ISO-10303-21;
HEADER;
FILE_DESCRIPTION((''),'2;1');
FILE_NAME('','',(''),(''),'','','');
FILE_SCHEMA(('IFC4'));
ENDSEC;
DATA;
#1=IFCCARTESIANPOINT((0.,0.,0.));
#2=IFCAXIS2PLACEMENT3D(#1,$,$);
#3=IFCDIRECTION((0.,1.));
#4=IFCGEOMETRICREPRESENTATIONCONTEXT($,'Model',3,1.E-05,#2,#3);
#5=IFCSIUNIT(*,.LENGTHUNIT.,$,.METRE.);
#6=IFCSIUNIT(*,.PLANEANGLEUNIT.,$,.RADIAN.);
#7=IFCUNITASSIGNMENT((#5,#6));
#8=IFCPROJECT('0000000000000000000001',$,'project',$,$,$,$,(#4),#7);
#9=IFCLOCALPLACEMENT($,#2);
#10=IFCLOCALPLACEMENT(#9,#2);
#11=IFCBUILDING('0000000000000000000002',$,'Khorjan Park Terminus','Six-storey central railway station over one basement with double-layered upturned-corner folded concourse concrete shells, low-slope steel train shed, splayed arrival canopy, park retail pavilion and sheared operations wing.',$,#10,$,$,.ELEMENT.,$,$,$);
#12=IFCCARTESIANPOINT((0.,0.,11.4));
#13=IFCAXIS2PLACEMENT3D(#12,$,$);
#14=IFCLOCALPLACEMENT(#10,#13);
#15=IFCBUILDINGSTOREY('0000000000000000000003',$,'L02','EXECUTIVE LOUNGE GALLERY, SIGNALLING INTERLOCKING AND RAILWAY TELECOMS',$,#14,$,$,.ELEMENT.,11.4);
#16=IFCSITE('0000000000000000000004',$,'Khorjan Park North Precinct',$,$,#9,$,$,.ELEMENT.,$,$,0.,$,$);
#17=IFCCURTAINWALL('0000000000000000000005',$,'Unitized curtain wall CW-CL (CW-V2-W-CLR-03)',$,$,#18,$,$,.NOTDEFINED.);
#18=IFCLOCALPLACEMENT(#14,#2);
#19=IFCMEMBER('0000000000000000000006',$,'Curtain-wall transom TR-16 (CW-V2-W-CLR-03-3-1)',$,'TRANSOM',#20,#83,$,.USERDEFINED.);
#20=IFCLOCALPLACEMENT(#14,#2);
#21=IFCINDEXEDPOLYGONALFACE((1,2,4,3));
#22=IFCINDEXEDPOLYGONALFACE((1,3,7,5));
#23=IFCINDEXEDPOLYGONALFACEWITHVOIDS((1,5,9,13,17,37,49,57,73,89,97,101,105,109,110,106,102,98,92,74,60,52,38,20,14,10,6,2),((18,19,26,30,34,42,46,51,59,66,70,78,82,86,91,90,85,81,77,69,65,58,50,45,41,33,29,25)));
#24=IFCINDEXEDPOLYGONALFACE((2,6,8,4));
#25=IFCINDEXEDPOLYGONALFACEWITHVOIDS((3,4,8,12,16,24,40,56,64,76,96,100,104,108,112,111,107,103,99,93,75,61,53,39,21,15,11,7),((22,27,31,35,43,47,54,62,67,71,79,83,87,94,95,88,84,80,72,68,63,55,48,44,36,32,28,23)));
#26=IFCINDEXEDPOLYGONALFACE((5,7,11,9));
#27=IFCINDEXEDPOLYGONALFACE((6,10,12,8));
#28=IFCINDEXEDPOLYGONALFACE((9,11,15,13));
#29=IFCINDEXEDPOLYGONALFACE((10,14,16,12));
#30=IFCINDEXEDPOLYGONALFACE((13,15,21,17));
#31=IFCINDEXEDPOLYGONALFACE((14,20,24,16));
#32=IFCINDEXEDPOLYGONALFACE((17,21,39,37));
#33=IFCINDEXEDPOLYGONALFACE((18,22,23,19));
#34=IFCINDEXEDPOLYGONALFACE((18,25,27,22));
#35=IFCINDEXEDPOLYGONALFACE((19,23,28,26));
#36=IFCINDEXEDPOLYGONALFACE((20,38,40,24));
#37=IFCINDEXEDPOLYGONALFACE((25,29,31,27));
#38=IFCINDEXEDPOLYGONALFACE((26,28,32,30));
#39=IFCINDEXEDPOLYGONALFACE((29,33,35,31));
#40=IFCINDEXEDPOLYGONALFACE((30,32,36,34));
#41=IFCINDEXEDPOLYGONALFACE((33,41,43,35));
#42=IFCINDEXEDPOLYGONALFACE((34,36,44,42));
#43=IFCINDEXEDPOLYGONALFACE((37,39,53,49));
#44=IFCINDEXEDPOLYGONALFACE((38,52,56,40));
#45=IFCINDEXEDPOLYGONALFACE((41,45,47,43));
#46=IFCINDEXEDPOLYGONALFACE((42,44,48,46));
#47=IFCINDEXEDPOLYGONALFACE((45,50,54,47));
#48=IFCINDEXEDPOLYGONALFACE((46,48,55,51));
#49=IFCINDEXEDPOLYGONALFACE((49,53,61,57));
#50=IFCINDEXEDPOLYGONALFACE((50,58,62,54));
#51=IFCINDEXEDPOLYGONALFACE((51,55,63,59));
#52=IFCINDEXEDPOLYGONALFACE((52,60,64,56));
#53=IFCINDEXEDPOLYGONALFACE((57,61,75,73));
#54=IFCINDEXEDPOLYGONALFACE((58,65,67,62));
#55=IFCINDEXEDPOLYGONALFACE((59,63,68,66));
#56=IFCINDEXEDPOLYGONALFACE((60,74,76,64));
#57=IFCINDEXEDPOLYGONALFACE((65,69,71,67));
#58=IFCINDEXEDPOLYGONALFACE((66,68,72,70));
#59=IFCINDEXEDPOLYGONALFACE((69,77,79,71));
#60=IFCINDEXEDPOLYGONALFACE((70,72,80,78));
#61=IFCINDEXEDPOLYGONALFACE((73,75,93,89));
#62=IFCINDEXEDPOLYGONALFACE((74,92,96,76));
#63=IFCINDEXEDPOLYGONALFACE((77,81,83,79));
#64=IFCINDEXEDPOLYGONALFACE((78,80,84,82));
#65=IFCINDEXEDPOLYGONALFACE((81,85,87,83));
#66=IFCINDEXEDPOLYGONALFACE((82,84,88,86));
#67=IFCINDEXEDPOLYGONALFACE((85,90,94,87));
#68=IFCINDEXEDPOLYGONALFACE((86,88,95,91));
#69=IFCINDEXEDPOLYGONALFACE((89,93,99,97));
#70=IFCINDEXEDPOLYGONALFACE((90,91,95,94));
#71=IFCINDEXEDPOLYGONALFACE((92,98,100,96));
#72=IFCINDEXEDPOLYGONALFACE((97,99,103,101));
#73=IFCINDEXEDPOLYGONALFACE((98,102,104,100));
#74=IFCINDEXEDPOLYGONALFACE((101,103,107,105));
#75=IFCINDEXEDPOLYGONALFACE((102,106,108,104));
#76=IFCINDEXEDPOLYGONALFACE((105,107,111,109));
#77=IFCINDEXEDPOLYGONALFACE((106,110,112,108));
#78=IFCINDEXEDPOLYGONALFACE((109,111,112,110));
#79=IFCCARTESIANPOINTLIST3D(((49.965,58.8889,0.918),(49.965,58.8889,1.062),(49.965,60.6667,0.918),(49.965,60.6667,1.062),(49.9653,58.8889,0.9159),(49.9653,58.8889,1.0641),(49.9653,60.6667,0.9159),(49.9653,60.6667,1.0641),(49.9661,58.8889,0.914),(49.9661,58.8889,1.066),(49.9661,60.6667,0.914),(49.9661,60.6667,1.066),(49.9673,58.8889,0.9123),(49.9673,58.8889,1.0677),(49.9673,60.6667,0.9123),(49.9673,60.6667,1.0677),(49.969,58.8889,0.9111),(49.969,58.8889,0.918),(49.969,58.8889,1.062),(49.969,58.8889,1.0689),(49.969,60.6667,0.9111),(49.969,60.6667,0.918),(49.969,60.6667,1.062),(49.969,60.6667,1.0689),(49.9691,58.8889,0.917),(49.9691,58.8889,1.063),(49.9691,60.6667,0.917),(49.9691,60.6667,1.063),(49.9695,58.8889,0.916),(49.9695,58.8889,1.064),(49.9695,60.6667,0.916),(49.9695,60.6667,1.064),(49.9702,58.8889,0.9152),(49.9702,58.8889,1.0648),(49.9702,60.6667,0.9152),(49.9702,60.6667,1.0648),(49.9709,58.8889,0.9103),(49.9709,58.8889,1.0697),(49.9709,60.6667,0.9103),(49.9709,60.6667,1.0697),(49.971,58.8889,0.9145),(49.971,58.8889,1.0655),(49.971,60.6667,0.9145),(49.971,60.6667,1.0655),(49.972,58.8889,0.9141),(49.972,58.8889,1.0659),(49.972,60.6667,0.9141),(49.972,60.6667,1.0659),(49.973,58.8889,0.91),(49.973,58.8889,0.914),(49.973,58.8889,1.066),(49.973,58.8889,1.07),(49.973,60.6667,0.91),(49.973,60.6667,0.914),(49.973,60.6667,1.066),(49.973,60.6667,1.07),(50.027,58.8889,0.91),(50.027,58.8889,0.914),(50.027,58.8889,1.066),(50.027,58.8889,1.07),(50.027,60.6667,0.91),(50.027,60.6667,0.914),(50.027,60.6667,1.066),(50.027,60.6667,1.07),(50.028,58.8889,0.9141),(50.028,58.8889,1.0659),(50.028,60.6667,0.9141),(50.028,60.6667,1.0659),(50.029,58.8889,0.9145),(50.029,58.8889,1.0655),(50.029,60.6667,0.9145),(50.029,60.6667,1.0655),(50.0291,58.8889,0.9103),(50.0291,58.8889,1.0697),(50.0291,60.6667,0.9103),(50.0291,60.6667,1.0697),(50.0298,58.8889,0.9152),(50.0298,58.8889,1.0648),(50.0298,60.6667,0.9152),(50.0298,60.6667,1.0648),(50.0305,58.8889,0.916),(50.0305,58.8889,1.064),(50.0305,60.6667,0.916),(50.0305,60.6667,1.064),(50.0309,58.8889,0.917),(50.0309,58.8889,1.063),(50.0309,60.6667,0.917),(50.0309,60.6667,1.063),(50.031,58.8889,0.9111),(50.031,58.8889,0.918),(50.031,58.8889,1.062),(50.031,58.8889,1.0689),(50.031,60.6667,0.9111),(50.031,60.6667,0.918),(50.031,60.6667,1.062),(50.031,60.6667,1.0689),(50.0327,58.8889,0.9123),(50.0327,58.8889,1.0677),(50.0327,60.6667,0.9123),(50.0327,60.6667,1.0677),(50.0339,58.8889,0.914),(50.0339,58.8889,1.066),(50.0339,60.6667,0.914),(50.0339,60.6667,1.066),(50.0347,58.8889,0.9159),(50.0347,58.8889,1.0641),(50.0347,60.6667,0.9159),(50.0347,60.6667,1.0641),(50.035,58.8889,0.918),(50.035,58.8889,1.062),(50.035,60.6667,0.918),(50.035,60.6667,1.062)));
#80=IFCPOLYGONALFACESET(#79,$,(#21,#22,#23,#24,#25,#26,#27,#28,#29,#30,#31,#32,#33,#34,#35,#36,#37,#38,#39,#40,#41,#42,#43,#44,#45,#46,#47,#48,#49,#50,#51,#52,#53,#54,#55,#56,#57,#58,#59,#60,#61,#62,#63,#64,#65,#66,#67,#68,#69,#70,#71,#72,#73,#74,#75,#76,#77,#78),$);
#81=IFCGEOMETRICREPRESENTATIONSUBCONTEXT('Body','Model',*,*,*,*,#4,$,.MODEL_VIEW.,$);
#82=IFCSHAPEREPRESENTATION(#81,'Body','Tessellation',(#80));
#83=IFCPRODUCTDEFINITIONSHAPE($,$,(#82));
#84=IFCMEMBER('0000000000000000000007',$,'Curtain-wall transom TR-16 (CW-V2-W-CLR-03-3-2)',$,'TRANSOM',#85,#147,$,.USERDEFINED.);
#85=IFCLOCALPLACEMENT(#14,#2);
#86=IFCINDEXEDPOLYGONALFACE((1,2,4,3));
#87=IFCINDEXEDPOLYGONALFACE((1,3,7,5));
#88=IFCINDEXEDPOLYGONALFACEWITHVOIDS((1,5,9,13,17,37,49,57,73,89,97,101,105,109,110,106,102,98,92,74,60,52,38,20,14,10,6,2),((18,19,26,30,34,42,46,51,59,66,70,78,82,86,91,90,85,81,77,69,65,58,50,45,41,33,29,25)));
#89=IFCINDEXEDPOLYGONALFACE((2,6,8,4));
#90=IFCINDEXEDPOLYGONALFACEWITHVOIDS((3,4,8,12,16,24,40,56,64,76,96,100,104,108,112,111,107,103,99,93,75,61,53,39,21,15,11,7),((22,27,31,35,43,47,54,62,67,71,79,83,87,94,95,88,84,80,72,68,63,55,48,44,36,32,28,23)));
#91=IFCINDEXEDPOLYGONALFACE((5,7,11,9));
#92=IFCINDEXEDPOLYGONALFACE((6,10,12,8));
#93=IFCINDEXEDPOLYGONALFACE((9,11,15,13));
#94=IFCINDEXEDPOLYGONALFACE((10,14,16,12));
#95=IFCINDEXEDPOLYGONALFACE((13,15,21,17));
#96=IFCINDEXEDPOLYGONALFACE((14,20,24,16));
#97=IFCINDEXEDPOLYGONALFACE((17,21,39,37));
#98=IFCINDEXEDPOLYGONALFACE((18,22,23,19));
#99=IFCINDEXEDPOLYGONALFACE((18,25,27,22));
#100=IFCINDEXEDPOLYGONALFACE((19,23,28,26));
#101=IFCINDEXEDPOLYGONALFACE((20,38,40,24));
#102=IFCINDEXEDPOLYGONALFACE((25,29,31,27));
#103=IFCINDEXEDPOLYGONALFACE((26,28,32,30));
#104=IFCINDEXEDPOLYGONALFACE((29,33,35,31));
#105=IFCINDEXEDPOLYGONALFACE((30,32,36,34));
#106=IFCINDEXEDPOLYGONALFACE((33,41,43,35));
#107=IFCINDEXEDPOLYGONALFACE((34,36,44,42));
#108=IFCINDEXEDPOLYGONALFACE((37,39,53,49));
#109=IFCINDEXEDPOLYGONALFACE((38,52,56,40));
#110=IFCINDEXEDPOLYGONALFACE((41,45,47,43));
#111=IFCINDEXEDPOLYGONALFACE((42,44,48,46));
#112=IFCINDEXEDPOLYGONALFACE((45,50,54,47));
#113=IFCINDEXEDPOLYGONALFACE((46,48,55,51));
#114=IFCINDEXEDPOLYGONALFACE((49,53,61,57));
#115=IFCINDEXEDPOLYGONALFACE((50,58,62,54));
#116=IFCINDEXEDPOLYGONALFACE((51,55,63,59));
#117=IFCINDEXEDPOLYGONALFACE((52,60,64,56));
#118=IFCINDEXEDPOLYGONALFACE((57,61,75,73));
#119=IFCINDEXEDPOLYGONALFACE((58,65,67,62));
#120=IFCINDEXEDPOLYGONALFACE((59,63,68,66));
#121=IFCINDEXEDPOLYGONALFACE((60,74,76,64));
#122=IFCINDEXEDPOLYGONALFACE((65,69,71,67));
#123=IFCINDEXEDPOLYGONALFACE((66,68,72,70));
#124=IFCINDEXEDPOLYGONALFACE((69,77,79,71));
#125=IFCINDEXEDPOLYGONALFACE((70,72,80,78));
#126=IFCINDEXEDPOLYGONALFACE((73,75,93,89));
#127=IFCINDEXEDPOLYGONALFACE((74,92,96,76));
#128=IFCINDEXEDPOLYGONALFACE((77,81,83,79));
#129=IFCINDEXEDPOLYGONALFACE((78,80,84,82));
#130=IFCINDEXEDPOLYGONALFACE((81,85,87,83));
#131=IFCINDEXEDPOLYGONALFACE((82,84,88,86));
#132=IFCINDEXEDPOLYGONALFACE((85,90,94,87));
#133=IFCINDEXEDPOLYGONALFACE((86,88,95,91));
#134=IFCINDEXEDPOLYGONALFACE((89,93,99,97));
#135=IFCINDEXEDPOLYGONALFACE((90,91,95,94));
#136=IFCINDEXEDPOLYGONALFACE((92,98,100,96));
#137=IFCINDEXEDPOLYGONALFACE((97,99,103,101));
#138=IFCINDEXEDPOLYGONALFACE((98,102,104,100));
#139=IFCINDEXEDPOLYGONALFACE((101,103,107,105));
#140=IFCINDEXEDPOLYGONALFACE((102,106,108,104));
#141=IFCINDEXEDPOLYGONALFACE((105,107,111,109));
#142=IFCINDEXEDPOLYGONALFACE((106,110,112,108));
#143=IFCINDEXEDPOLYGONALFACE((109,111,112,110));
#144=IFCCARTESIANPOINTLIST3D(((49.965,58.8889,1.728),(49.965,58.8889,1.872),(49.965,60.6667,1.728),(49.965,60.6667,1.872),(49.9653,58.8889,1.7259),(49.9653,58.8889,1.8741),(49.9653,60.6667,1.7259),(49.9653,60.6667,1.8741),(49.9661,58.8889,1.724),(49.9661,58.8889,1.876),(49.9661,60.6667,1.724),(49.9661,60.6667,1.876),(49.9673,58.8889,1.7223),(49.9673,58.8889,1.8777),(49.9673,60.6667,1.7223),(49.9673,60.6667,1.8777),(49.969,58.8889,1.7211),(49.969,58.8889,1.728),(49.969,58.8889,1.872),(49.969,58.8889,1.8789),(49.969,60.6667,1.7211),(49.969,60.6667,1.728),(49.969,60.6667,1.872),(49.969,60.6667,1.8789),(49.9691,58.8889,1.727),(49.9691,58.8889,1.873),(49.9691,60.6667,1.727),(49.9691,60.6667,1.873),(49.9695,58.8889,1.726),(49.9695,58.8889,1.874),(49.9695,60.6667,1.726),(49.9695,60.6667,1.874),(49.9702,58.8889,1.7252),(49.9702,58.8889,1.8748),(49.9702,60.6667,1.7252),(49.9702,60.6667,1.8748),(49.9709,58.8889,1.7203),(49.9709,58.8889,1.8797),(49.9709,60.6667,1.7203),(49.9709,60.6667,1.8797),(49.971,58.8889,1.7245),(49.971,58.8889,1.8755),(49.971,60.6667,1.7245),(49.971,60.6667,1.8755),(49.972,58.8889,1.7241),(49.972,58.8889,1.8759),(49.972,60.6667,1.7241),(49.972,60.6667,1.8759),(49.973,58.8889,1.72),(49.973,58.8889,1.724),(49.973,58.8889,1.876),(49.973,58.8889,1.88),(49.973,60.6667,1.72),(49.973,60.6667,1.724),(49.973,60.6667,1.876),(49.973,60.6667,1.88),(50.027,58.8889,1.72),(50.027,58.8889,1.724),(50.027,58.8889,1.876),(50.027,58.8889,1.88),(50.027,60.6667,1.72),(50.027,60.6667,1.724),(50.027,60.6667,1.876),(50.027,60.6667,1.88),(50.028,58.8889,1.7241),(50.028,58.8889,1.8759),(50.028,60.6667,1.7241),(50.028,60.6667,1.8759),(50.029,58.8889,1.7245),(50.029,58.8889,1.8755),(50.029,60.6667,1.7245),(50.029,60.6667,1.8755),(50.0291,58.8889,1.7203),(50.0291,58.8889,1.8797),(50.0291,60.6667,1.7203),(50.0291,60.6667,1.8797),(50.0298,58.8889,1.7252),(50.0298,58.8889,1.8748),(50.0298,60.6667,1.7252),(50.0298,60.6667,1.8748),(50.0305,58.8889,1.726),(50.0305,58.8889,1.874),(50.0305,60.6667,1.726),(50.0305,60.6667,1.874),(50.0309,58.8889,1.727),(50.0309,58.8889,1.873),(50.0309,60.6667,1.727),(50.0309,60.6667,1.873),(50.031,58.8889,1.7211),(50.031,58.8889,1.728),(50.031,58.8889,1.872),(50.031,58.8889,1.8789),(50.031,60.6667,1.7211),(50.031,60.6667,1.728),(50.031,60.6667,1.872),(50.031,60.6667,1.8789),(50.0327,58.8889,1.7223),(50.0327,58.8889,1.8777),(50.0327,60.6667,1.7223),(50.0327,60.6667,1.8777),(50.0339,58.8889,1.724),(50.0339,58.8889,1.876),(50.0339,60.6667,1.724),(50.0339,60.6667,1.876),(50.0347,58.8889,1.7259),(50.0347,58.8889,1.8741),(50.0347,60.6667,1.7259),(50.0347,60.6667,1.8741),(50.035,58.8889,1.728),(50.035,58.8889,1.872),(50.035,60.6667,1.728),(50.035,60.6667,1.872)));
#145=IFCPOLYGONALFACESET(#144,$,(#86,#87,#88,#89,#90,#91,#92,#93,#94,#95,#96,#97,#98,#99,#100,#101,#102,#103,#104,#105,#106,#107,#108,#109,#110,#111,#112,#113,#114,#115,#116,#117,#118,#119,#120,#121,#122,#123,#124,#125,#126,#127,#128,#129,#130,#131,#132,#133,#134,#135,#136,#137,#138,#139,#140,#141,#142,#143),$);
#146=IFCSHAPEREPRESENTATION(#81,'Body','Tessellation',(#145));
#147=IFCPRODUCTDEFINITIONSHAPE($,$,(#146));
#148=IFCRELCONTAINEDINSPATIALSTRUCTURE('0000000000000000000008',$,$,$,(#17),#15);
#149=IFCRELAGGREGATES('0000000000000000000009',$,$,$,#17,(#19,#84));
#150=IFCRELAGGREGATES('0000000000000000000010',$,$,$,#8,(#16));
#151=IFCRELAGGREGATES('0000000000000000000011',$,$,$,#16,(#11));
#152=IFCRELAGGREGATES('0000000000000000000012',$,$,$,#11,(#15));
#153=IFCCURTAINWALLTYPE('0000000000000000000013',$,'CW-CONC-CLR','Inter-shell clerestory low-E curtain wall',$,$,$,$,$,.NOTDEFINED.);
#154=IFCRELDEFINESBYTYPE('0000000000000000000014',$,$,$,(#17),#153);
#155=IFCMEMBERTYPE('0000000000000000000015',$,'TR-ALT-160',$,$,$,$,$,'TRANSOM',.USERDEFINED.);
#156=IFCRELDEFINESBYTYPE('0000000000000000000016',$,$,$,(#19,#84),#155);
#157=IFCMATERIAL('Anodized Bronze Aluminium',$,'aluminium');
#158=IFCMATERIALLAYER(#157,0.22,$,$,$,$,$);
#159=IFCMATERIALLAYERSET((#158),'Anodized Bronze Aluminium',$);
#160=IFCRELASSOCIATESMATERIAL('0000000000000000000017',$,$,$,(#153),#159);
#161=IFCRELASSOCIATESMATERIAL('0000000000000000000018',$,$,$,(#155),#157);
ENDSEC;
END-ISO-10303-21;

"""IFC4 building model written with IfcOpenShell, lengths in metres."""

from ifc_helpers import new_model, si_unit, direction, frame, origin, origin_2d, place, context, subcontext, project, spatial, hollow_rectangle, extrude, material, layer, layer_set, material_profile, profile_set, type_object, element, aggregate, save


model = new_model("IFC4")

# Units and contexts
model_context = context("Model", 3, precision=1e-05, world=origin(), true_north=direction((0.0, 1.0)))
body_context = subcontext(model_context, "Body", "Model", "MODEL_VIEW")
ifc_project = project(units=[si_unit("LENGTHUNIT", "METRE"), si_unit("PLANEANGLEUNIT", "RADIAN")], contexts=[model_context])

# Site, building, storey
site_placement = place(None, origin())
site = spatial("IfcSite", under=ifc_project, at=site_placement, Name="Khorjan Park North Precinct", CompositionType="ELEMENT", RefElevation=0.0)
building_placement = place(site_placement, origin())
building = spatial("IfcBuilding", under=site, at=building_placement, Name="Khorjan Park Terminus", Description="Six-storey central railway station over one basement with double-layered upturned-corner folded concourse concrete shells, low-slope steel train shed, splayed arrival canopy, park retail pavilion and sheared operations wing.", CompositionType="ELEMENT")
storey_placement = place(building_placement, frame((0.0, 0.0, 11.4)))
storey = spatial("IfcBuildingStorey", under=building, at=storey_placement, Name="L02", Description="EXECUTIVE LOUNGE GALLERY, SIGNALLING INTERLOCKING AND RAILWAY TELECOMS", CompositionType="ELEMENT", Elevation=11.4)

# Curtain wall, members
ifc_material_1 = material(Name="Anodized Bronze Aluminium", Category="aluminium")
ifc_layer_1 = layer(ifc_material_1, 0.22)
ifc_layer_set_1 = layer_set([ifc_layer_1], Name="Anodized Bronze Aluminium")
curtain_wall_type = type_object("IfcCurtainWallType", Name="CW-CONC-CLR", Description="Inter-shell clerestory low-E curtain wall", PredefinedType="NOTDEFINED", material=ifc_layer_set_1)
curtain_wall_placement = place(storey_placement, origin())
curtain_wall = element("IfcCurtainWall", 1, at=curtain_wall_placement, inside=storey, type_object=curtain_wall_type, Name="Unitized curtain wall CW-CL (CW-V2-W-CLR-03)", PredefinedType="NOTDEFINED")
ifc_material_profile_1 = material_profile(ifc_material_1, hollow_rectangle(XDim=0.07, YDim=0.16, WallThickness=0.004, InnerFilletRadius=0.004, OuterFilletRadius=0.008, at=origin_2d()), Name="ALT 70x160x4")
ifc_profile_set_1 = profile_set([ifc_material_profile_1], Name="Anodized Bronze Aluminium")
member_type_1 = type_object("IfcMemberType", Name="TR-ALT-160", ElementType="TRANSOM", PredefinedType="USERDEFINED", material=ifc_profile_set_1)
member_1_placement = place(storey_placement, frame((50.0, 60.6667, 0.99), z_axis=(0.0, -1.0, 0.0), x_axis=(1.0, 0.0, 0.0)))
member_1 = element("IfcMember", 2, at=member_1_placement, type_object=member_type_1, Name="Curtain-wall transom TR-16 (CW-V2-W-CLR-03-3-1)", ObjectType="TRANSOM", PredefinedType="USERDEFINED", context=body_context, shape_type="SweptSolid", body=[
    extrude(hollow_rectangle(XDim=0.07, YDim=0.16, WallThickness=0.004, InnerFilletRadius=0.004, OuterFilletRadius=0.008, at=origin_2d()), origin(), (0.0, 0.0, 1.0), 1.7778),
])
member_2_placement = place(storey_placement, frame((50.0, 60.6667, 1.8), z_axis=(0.0, -1.0, 0.0), x_axis=(1.0, 0.0, 0.0)))
member_2 = element("IfcMember", 3, at=member_2_placement, type_object=member_type_1, Name="Curtain-wall transom TR-16 (CW-V2-W-CLR-03-3-2)", ObjectType="TRANSOM", PredefinedType="USERDEFINED", context=body_context, shape_type="SweptSolid", body=[
    extrude(hollow_rectangle(XDim=0.07, YDim=0.16, WallThickness=0.004, InnerFilletRadius=0.004, OuterFilletRadius=0.008, at=origin_2d()), origin(), (0.0, 0.0, 1.0), 1.7778),
])
aggregate(curtain_wall, [member_1, member_2])

save(model, "model.ifc")
